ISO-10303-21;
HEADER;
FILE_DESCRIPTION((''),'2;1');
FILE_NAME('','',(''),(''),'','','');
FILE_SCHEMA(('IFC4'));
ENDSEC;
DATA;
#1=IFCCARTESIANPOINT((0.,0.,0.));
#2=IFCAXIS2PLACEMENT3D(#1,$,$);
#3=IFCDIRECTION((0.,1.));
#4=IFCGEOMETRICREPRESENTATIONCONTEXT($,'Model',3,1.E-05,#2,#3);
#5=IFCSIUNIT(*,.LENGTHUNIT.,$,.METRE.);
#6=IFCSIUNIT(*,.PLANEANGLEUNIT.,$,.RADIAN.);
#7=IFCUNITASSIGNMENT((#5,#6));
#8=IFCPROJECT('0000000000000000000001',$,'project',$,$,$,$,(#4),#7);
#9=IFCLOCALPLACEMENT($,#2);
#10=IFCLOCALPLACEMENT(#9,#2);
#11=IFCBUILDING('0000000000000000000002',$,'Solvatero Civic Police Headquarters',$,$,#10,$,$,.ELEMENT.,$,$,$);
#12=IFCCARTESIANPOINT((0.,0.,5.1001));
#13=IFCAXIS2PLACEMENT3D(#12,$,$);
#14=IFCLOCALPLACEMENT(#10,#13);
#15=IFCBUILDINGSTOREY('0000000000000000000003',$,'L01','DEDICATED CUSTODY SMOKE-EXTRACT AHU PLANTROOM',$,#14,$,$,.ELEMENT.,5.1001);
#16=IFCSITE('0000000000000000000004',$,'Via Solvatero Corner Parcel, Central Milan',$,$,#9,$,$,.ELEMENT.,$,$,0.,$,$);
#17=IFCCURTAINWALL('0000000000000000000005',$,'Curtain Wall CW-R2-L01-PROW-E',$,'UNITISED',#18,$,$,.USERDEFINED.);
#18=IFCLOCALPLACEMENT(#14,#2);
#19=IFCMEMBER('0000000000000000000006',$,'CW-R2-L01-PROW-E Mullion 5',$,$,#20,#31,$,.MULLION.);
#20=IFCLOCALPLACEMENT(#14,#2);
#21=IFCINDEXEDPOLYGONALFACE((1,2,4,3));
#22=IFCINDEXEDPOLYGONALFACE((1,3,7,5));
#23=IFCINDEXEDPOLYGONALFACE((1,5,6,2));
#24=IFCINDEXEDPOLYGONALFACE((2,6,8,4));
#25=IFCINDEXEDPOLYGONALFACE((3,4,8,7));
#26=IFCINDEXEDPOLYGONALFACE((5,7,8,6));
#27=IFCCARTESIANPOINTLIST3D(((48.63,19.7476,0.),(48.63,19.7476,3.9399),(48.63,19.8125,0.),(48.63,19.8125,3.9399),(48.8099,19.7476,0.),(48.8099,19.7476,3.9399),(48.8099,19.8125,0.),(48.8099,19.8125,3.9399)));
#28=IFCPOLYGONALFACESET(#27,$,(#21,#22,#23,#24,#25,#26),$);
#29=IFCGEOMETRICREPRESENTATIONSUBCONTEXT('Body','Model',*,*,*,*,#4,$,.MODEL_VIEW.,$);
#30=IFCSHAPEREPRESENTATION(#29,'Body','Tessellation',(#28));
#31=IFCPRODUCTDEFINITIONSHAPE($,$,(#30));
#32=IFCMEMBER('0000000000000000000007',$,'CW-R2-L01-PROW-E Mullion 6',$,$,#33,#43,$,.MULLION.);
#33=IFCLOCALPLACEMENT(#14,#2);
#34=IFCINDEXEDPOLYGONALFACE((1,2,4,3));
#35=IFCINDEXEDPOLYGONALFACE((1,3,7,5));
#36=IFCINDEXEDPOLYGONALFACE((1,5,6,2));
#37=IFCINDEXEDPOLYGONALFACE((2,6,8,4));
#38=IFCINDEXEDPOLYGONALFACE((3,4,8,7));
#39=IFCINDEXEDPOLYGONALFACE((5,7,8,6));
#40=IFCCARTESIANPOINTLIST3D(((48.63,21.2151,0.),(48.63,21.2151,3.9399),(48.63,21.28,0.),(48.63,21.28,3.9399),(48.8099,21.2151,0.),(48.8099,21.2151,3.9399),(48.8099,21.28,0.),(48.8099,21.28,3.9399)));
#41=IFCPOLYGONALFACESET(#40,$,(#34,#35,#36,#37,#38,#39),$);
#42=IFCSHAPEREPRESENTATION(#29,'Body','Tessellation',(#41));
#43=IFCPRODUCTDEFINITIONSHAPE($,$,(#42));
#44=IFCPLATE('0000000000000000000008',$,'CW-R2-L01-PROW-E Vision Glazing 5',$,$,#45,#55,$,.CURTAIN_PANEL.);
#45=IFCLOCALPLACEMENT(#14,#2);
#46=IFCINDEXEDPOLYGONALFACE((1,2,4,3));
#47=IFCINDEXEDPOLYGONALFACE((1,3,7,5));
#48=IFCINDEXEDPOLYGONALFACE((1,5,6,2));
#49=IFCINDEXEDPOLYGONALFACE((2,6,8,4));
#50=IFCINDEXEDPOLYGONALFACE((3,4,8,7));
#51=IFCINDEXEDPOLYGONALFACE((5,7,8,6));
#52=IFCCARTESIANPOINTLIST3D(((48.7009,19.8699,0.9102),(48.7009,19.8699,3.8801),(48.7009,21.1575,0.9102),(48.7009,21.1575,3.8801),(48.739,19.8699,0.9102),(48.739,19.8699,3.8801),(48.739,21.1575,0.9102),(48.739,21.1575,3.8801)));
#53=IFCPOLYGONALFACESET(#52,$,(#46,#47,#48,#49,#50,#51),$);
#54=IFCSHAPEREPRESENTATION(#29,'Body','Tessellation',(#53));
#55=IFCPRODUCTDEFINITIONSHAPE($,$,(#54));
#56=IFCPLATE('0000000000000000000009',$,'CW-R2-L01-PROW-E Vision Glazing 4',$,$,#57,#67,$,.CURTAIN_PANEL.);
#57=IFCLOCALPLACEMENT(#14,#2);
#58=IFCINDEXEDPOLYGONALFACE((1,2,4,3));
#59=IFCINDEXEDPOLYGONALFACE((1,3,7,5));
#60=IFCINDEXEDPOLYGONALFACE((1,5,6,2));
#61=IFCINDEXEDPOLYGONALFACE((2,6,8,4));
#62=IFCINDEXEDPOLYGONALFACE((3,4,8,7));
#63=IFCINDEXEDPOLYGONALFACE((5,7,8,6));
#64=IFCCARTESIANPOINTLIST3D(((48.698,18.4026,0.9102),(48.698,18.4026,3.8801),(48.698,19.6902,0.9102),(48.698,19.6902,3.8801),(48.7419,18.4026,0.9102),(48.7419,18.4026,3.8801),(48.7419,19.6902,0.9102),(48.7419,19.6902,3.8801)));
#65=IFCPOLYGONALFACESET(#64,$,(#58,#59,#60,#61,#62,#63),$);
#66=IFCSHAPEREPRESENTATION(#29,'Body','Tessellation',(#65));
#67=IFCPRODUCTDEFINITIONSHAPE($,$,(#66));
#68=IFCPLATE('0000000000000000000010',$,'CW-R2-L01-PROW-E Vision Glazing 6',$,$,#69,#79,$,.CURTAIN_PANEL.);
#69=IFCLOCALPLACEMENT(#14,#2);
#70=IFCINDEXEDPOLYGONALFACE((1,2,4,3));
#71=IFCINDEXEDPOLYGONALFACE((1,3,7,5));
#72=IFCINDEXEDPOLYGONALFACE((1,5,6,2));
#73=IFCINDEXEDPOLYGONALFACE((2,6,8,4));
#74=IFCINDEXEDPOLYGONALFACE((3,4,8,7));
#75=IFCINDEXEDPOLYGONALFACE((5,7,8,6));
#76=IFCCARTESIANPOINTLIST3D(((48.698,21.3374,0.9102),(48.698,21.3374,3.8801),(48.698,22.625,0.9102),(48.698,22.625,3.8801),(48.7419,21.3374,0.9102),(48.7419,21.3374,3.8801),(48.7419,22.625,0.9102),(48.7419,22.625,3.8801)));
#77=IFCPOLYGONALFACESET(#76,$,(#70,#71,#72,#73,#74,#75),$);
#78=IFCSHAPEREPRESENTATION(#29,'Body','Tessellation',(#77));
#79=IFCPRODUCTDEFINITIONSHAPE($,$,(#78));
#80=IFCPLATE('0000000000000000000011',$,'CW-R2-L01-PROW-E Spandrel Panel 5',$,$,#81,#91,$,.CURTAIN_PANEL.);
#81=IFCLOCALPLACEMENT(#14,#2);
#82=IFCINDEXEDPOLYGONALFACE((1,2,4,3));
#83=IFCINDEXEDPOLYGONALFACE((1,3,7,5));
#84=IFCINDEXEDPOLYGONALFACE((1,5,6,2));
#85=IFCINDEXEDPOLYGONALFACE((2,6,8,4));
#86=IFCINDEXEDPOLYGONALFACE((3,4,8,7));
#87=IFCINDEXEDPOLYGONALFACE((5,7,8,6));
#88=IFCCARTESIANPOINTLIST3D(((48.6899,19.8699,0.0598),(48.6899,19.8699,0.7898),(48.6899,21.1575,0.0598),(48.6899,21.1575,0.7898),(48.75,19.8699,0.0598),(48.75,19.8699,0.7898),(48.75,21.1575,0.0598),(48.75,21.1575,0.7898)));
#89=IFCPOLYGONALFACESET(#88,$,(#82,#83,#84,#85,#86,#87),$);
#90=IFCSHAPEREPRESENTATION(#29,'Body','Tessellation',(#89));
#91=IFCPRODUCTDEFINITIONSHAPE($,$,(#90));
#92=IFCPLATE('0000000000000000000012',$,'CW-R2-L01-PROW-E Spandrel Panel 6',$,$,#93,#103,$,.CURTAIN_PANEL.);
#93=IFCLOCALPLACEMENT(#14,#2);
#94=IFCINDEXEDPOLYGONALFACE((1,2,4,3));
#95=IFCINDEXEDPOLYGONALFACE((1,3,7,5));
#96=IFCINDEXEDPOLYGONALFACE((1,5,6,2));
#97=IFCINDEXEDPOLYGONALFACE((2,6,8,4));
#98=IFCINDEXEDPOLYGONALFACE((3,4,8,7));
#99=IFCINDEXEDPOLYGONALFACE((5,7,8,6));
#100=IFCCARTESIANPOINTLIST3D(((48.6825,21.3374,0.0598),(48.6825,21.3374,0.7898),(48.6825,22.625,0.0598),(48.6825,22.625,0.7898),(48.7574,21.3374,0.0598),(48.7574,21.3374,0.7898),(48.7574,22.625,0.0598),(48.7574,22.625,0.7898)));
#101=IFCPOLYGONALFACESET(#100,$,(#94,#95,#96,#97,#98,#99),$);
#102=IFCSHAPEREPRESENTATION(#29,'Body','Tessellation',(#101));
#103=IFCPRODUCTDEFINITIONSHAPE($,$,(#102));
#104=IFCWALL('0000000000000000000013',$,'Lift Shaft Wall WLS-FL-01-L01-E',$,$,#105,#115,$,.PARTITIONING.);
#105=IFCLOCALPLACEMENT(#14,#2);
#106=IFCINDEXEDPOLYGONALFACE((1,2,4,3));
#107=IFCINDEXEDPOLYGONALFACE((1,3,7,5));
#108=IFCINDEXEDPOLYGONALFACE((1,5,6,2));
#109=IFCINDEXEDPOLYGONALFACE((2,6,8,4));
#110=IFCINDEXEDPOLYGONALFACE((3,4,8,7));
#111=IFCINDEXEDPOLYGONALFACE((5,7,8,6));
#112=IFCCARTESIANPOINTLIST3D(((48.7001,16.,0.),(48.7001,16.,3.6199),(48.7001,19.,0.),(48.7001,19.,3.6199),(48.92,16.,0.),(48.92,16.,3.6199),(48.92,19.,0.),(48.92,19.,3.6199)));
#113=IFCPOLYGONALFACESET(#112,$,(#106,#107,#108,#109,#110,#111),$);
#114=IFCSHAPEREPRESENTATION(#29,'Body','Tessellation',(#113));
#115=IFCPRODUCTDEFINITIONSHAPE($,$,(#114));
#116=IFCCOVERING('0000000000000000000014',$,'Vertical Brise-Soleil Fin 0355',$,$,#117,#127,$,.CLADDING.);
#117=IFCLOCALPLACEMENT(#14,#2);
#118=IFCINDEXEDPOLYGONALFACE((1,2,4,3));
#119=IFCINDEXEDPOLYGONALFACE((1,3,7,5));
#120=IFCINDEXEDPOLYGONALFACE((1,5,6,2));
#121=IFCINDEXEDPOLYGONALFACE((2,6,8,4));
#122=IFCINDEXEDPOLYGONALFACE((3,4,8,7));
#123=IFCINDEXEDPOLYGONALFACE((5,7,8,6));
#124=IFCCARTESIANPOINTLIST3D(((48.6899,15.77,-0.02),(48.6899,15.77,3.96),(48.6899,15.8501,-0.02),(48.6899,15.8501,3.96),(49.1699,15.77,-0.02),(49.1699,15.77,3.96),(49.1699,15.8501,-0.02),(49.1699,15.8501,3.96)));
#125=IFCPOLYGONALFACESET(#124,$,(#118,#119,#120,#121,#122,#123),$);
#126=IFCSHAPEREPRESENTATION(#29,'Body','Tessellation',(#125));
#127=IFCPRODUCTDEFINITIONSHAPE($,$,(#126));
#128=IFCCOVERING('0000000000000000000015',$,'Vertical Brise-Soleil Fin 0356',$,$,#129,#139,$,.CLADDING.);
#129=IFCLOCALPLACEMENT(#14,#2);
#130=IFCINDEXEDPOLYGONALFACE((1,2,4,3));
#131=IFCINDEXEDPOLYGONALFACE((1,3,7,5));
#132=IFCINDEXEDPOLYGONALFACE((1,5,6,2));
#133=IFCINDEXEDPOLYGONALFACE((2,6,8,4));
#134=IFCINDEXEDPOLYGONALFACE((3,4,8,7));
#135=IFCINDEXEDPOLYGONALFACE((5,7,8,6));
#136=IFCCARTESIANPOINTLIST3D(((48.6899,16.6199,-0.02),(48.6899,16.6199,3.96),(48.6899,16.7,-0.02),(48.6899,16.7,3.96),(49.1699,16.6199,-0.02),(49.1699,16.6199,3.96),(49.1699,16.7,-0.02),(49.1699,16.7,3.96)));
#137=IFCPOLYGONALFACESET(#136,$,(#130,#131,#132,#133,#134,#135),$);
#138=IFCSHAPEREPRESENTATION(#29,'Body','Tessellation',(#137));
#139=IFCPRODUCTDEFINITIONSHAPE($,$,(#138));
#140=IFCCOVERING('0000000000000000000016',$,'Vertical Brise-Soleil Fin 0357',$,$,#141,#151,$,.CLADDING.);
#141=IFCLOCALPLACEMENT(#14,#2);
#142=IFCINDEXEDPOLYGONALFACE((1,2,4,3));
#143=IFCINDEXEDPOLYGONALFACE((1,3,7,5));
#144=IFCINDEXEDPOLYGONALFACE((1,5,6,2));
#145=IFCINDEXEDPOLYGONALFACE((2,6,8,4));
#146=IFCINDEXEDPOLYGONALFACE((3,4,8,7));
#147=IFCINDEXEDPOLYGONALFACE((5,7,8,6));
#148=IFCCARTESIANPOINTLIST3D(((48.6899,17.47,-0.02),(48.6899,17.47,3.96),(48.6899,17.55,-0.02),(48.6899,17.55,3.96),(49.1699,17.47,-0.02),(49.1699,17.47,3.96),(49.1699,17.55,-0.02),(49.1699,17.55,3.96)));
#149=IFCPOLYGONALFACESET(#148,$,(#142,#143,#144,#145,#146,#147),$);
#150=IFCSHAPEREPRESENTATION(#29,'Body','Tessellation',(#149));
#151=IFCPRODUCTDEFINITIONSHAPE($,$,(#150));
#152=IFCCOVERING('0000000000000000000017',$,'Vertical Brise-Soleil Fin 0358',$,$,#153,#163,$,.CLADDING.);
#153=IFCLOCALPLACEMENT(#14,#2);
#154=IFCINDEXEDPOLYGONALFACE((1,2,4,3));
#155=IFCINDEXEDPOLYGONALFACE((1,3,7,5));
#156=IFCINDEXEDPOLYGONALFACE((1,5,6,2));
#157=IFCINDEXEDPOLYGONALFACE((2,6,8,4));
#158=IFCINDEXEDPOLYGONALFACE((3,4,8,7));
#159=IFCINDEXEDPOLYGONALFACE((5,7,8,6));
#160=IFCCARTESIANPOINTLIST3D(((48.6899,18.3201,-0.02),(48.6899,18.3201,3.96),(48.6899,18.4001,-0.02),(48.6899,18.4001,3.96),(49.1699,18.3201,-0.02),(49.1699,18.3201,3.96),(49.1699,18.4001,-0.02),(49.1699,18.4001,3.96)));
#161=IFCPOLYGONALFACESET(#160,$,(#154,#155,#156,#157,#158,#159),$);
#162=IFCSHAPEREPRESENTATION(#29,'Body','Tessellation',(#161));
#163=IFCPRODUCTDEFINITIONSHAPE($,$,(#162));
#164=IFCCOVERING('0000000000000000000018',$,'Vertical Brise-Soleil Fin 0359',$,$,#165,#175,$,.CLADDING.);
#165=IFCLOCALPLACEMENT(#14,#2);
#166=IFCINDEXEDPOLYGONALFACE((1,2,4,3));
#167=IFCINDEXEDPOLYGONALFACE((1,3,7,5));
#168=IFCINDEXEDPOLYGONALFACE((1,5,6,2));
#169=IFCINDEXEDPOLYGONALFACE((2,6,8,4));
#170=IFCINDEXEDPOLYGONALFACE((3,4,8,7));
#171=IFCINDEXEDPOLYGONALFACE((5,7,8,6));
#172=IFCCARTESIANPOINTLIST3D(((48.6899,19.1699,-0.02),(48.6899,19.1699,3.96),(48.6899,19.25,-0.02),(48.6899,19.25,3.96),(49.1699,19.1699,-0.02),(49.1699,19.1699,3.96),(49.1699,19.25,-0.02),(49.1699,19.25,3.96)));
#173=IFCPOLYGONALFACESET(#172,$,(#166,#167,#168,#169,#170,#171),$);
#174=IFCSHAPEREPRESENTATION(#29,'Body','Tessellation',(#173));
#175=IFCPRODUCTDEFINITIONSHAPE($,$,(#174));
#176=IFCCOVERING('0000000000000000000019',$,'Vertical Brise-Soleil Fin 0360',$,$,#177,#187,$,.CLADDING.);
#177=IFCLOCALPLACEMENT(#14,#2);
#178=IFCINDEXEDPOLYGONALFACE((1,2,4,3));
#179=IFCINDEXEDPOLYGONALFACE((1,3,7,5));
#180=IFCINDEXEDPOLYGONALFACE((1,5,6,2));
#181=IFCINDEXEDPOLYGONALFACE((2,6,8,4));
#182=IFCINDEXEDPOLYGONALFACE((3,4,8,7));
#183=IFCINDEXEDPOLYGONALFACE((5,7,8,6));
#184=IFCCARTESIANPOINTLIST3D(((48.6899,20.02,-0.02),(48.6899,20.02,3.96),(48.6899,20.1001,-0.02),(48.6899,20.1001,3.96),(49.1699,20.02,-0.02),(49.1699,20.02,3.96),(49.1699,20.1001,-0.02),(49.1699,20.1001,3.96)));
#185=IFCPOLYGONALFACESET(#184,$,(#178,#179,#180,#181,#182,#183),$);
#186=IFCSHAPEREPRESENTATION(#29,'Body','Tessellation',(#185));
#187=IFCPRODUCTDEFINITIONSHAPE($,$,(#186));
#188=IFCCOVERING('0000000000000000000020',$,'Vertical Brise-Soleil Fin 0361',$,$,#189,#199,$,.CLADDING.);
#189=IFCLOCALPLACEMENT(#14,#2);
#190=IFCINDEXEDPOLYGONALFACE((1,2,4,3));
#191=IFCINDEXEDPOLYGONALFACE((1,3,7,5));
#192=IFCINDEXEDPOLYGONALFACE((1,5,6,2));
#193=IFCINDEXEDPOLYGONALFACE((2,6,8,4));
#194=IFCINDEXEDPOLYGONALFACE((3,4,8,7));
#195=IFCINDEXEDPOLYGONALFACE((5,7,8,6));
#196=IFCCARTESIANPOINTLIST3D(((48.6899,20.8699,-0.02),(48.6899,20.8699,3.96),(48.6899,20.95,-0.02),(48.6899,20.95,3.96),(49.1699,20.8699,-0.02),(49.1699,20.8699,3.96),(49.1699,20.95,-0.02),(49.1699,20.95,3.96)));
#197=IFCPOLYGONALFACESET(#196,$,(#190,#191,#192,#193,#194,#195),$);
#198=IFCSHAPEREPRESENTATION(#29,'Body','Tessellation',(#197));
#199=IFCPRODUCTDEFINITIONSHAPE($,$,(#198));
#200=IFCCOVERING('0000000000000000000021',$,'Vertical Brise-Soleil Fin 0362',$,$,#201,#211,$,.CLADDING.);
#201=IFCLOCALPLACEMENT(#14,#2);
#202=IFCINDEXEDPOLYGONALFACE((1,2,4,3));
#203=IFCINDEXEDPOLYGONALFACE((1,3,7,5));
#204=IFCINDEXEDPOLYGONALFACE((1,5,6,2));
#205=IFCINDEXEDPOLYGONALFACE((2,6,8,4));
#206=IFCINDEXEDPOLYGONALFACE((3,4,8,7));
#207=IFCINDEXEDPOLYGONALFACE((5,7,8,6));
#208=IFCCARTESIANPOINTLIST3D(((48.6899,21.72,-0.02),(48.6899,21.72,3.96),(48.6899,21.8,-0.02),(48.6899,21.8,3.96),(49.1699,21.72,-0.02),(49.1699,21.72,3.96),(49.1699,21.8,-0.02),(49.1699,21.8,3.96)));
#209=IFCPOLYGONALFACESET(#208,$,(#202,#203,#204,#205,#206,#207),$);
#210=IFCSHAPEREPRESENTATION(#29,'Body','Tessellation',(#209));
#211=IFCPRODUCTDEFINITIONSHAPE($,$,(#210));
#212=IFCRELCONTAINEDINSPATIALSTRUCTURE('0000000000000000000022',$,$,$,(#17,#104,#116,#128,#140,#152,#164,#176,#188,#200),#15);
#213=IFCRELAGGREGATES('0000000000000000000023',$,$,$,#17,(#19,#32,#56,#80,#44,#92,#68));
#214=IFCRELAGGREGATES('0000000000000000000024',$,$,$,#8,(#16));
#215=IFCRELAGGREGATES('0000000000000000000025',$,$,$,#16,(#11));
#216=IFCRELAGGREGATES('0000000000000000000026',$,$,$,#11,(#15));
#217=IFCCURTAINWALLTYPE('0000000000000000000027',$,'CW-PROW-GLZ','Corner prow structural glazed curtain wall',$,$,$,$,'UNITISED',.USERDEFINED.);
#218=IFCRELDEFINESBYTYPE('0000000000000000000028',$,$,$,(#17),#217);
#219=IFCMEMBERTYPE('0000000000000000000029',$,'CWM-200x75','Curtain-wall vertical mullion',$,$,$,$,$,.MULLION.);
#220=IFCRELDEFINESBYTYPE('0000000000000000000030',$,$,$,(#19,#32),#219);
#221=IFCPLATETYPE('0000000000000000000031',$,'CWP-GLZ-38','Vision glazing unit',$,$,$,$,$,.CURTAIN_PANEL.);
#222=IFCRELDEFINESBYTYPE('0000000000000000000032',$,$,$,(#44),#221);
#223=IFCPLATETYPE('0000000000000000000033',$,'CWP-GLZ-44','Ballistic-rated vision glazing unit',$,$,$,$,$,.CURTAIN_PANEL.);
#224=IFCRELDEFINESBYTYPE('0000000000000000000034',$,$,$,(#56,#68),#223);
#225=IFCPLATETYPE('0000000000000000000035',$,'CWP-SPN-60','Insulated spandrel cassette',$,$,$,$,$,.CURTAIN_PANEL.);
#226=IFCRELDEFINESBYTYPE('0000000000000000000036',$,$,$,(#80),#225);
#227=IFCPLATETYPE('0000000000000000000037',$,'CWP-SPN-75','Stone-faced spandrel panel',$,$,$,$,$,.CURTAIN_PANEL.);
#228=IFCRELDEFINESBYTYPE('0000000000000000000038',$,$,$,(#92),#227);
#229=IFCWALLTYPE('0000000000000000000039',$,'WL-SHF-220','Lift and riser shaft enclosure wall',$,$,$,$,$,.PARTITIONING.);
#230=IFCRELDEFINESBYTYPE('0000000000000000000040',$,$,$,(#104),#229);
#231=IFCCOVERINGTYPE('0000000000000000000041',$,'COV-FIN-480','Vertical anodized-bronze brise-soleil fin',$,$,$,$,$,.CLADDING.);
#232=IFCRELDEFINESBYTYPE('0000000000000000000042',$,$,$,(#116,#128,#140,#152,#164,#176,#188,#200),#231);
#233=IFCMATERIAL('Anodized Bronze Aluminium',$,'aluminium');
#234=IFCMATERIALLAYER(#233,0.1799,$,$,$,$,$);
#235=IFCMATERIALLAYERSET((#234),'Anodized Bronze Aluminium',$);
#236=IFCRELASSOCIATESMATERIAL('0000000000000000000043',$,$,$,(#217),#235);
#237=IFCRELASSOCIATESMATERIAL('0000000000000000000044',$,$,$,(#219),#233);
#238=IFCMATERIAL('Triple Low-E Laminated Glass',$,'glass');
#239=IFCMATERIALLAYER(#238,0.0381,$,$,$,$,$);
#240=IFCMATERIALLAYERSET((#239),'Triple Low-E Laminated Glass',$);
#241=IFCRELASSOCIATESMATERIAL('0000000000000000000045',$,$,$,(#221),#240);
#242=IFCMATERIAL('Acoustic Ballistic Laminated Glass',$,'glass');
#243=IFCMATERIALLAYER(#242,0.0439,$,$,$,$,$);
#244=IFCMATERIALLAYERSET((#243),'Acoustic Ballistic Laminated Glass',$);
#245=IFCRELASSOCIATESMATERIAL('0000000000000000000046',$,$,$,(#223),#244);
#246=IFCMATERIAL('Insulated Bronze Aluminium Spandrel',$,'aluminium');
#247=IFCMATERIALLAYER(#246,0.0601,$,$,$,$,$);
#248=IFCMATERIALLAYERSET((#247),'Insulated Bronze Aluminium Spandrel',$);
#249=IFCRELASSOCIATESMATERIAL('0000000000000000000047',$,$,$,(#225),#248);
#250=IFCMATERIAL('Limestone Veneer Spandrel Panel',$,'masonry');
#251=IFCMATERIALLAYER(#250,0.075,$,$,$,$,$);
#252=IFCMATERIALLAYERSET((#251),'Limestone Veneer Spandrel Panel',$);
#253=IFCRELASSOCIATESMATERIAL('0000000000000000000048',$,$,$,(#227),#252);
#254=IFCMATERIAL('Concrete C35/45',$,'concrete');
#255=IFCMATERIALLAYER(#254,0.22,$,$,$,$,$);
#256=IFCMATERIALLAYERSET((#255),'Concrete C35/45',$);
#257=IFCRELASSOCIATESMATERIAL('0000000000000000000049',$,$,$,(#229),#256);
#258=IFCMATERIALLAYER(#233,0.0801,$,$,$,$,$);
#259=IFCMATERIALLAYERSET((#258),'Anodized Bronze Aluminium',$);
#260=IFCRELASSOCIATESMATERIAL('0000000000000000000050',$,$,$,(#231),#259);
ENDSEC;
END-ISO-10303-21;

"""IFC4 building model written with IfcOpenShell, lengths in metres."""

from ifc_helpers import new_model, si_unit, direction, frame, frame_2d, origin, origin_2d, place, context, subcontext, project, spatial, rectangle, extrude, material, layer, layer_set, material_profile, profile_set, type_object, element, aggregate, save


model = new_model("IFC4")

# Units and contexts
model_context = context("Model", 3, precision=1e-05, world=origin(), true_north=direction((0.0, 1.0)))
body_context = subcontext(model_context, "Body", "Model", "MODEL_VIEW")
ifc_project = project(units=[si_unit("LENGTHUNIT", "METRE"), si_unit("PLANEANGLEUNIT", "RADIAN")], contexts=[model_context])

# Site, building, storey
site_placement = place(None, origin())
site = spatial("IfcSite", under=ifc_project, at=site_placement, Name="Via Solvatero Corner Parcel, Central Milan", CompositionType="ELEMENT", RefElevation=0.0)
building_placement = place(site_placement, origin())
building = spatial("IfcBuilding", under=site, at=building_placement, Name="Solvatero Civic Police Headquarters", CompositionType="ELEMENT")
storey_placement = place(building_placement, frame((0.0, 0.0, 5.1001)))
storey = spatial("IfcBuildingStorey", under=building, at=storey_placement, Name="L01", Description="DEDICATED CUSTODY SMOKE-EXTRACT AHU PLANTROOM", CompositionType="ELEMENT", Elevation=5.1001)

# Curtain wall, members, plates
ifc_material_1 = material(Name="Anodized Bronze Aluminium", Category="aluminium")
ifc_layer_1 = layer(ifc_material_1, 0.1799)
ifc_layer_set_1 = layer_set([ifc_layer_1], Name="Anodized Bronze Aluminium")
curtain_wall_type = type_object("IfcCurtainWallType", Name="CW-PROW-GLZ", Description="Corner prow structural glazed curtain wall", ElementType="UNITISED", PredefinedType="USERDEFINED", material=ifc_layer_set_1)
curtain_wall_placement = place(storey_placement, origin())
curtain_wall = element("IfcCurtainWall", 1, at=curtain_wall_placement, inside=storey, type_object=curtain_wall_type, Name="Curtain Wall CW-R2-L01-PROW-E", ObjectType="UNITISED", PredefinedType="USERDEFINED")
ifc_material_profile = material_profile(ifc_material_1, rectangle(XDim=0.0649, YDim=0.1799, at=origin_2d()), Name="ALU MULLION 65x180")
ifc_profile_set = profile_set([ifc_material_profile], Name="Anodized Bronze Aluminium")
member_type = type_object("IfcMemberType", Name="CWM-200x75", Description="Curtain-wall vertical mullion", PredefinedType="MULLION", material=ifc_profile_set)
member_1_placement = place(storey_placement, frame((48.72, 19.78, 0.0), z_axis=(0.0, 0.0, 1.0), x_axis=(0.0, 1.0, 0.0)))
member_1 = element("IfcMember", 2, at=member_1_placement, type_object=member_type, Name="CW-R2-L01-PROW-E Mullion 5", PredefinedType="MULLION", context=body_context, shape_type="SweptSolid", body=[
    extrude(rectangle(XDim=0.0649, YDim=0.1799, at=origin_2d()), origin(), (0.0, 0.0, 1.0), 3.9399),
])
member_2_placement = place(storey_placement, frame((48.72, 21.2476, 0.0), z_axis=(0.0, 0.0, 1.0), x_axis=(0.0, 1.0, 0.0)))
member_2 = element("IfcMember", 3, at=member_2_placement, type_object=member_type, Name="CW-R2-L01-PROW-E Mullion 6", PredefinedType="MULLION", context=body_context, shape_type="SweptSolid", body=[
    extrude(rectangle(XDim=0.0649, YDim=0.1799, at=origin_2d()), origin(), (0.0, 0.0, 1.0), 3.9399),
])
ifc_material_2 = material(Name="Triple Low-E Laminated Glass", Category="glass")
ifc_layer_2 = layer(ifc_material_2, 0.0381)
ifc_layer_set_2 = layer_set([ifc_layer_2], Name="Triple Low-E Laminated Glass")
plate_type_1 = type_object("IfcPlateType", Name="CWP-GLZ-38", Description="Vision glazing unit", PredefinedType="CURTAIN_PANEL", material=ifc_layer_set_2)
plate_1_placement = place(storey_placement, frame((48.72, 20.5137, 0.9102), z_axis=(0.0, 0.0, 1.0), x_axis=(0.0, 1.0, 0.0)))
plate_1 = element("IfcPlate", 4, at=plate_1_placement, type_object=plate_type_1, Name="CW-R2-L01-PROW-E Vision Glazing 5", PredefinedType="CURTAIN_PANEL", context=body_context, shape_type="SweptSolid", body=[
    extrude(rectangle(XDim=1.2876, YDim=0.0381, at=origin_2d()), origin(), (0.0, 0.0, 1.0), 2.97),
])
ifc_material_3 = material(Name="Acoustic Ballistic Laminated Glass", Category="glass")
ifc_layer_3 = layer(ifc_material_3, 0.0439)
ifc_layer_set_3 = layer_set([ifc_layer_3], Name="Acoustic Ballistic Laminated Glass")
plate_type_2 = type_object("IfcPlateType", Name="CWP-GLZ-44", Description="Ballistic-rated vision glazing unit", PredefinedType="CURTAIN_PANEL", material=ifc_layer_set_3)
plate_2_placement = place(storey_placement, frame((48.72, 19.0464, 0.9102), z_axis=(0.0, 0.0, 1.0), x_axis=(0.0, 1.0, 0.0)))
plate_2 = element("IfcPlate", 5, at=plate_2_placement, type_object=plate_type_2, Name="CW-R2-L01-PROW-E Vision Glazing 4", PredefinedType="CURTAIN_PANEL", context=body_context, shape_type="SweptSolid", body=[
    extrude(rectangle(XDim=1.2876, YDim=0.0439, at=origin_2d()), origin(), (0.0, 0.0, 1.0), 2.97),
])
plate_3_placement = place(storey_placement, frame((48.72, 21.9812, 0.9102), z_axis=(0.0, 0.0, 1.0), x_axis=(0.0, 1.0, 0.0)))
plate_3 = element("IfcPlate", 6, at=plate_3_placement, type_object=plate_type_2, Name="CW-R2-L01-PROW-E Vision Glazing 6", PredefinedType="CURTAIN_PANEL", context=body_context, shape_type="SweptSolid", body=[
    extrude(rectangle(XDim=1.2876, YDim=0.0439, at=origin_2d()), origin(), (0.0, 0.0, 1.0), 2.97),
])
ifc_material_4 = material(Name="Insulated Bronze Aluminium Spandrel", Category="aluminium")
ifc_layer_4 = layer(ifc_material_4, 0.0601)
ifc_layer_set_4 = layer_set([ifc_layer_4], Name="Insulated Bronze Aluminium Spandrel")
plate_type_3 = type_object("IfcPlateType", Name="CWP-SPN-60", Description="Insulated spandrel cassette", PredefinedType="CURTAIN_PANEL", material=ifc_layer_set_4)
plate_4_placement = place(storey_placement, frame((48.72, 20.5137, 0.0598), z_axis=(0.0, 0.0, 1.0), x_axis=(0.0, 1.0, 0.0)))
plate_4 = element("IfcPlate", 7, at=plate_4_placement, type_object=plate_type_3, Name="CW-R2-L01-PROW-E Spandrel Panel 5", PredefinedType="CURTAIN_PANEL", context=body_context, shape_type="SweptSolid", body=[
    extrude(rectangle(XDim=1.2876, YDim=0.0601, at=origin_2d()), origin(), (0.0, 0.0, 1.0), 0.73),
])
ifc_material_5 = material(Name="Limestone Veneer Spandrel Panel", Category="masonry")
ifc_layer_5 = layer(ifc_material_5, 0.075)
ifc_layer_set_5 = layer_set([ifc_layer_5], Name="Limestone Veneer Spandrel Panel")
plate_type_4 = type_object("IfcPlateType", Name="CWP-SPN-75", Description="Stone-faced spandrel panel", PredefinedType="CURTAIN_PANEL", material=ifc_layer_set_5)
plate_5_placement = place(storey_placement, frame((48.72, 21.9812, 0.0598), z_axis=(0.0, 0.0, 1.0), x_axis=(0.0, 1.0, 0.0)))
plate_5 = element("IfcPlate", 8, at=plate_5_placement, type_object=plate_type_4, Name="CW-R2-L01-PROW-E Spandrel Panel 6", PredefinedType="CURTAIN_PANEL", context=body_context, shape_type="SweptSolid", body=[
    extrude(rectangle(XDim=1.2876, YDim=0.075, at=origin_2d()), origin(), (0.0, 0.0, 1.0), 0.73),
])
aggregate(curtain_wall, [member_1, member_2, plate_2, plate_4, plate_1, plate_5, plate_3])

# Wall
ifc_material_6 = material(Name="Concrete C35/45", Category="concrete")
ifc_layer_6 = layer(ifc_material_6, 0.22)
ifc_layer_set_6 = layer_set([ifc_layer_6], Name="Concrete C35/45")
wall_type = type_object("IfcWallType", Name="WL-SHF-220", Description="Lift and riser shaft enclosure wall", PredefinedType="PARTITIONING", material=ifc_layer_set_6)
wall_placement = place(storey_placement, frame((48.8101, 16.0, 0.0), z_axis=(0.0, 0.0, 1.0), x_axis=(0.0, 1.0, 0.0)))
element("IfcWall", 9, at=wall_placement, inside=storey, type_object=wall_type, Name="Lift Shaft Wall WLS-FL-01-L01-E", PredefinedType="PARTITIONING", context=body_context, shape_type="SweptSolid", body=[
    extrude(rectangle(XDim=3.0, YDim=0.22, at=frame_2d((1.5, 0.0))), origin(), (0.0, 0.0, 1.0), 3.6199),
])

# Coverings
ifc_layer_7 = layer(ifc_material_1, 0.0801)
ifc_layer_set_7 = layer_set([ifc_layer_7], Name="Anodized Bronze Aluminium")
covering_type = type_object("IfcCoveringType", Name="COV-FIN-480", Description="Vertical anodized-bronze brise-soleil fin", PredefinedType="CLADDING", material=ifc_layer_set_7)
for number, where, z_axis, x_axis, name in (
    (10, (48.9299, 15.8101, -0.02), (0.0, 0.0, 1.0), (0.0, 1.0, 0.0), "Vertical Brise-Soleil Fin 0355"),
    (11, (48.9299, 16.6599, -0.02), (0.0, 0.0, 1.0), (0.0, 1.0, 0.0), "Vertical Brise-Soleil Fin 0356"),
    (12, (48.9299, 17.51, -0.02), (0.0, 0.0, 1.0), (0.0, 1.0, 0.0), "Vertical Brise-Soleil Fin 0357"),
    (13, (48.9299, 18.3601, -0.02), (0.0, 0.0, 1.0), (0.0, 1.0, 0.0), "Vertical Brise-Soleil Fin 0358"),
    (14, (48.9299, 19.21, -0.02), (0.0, 0.0, 1.0), (0.0, 1.0, 0.0), "Vertical Brise-Soleil Fin 0359"),
    (15, (48.9299, 20.0601, -0.02), (0.0, 0.0, 1.0), (0.0, 1.0, 0.0), "Vertical Brise-Soleil Fin 0360"),
    (16, (48.9299, 20.9099, -0.02), (0.0, 0.0, 1.0), (0.0, 1.0, 0.0), "Vertical Brise-Soleil Fin 0361"),
    (17, (48.9299, 21.76, -0.02), (0.0, 0.0, 1.0), (0.0, 1.0, 0.0), "Vertical Brise-Soleil Fin 0362"),
):
    element("IfcCovering", number, at=place(storey_placement, frame(where, z_axis=z_axis, x_axis=x_axis)), inside=storey, type_object=covering_type, Name=name, PredefinedType="CLADDING", context=body_context, shape_type="SweptSolid", body=[
        extrude(rectangle(XDim=0.0801, YDim=0.48, at=origin_2d()), origin(), (0.0, 0.0, 1.0), 3.98),
    ])

save(model, "model.ifc")
